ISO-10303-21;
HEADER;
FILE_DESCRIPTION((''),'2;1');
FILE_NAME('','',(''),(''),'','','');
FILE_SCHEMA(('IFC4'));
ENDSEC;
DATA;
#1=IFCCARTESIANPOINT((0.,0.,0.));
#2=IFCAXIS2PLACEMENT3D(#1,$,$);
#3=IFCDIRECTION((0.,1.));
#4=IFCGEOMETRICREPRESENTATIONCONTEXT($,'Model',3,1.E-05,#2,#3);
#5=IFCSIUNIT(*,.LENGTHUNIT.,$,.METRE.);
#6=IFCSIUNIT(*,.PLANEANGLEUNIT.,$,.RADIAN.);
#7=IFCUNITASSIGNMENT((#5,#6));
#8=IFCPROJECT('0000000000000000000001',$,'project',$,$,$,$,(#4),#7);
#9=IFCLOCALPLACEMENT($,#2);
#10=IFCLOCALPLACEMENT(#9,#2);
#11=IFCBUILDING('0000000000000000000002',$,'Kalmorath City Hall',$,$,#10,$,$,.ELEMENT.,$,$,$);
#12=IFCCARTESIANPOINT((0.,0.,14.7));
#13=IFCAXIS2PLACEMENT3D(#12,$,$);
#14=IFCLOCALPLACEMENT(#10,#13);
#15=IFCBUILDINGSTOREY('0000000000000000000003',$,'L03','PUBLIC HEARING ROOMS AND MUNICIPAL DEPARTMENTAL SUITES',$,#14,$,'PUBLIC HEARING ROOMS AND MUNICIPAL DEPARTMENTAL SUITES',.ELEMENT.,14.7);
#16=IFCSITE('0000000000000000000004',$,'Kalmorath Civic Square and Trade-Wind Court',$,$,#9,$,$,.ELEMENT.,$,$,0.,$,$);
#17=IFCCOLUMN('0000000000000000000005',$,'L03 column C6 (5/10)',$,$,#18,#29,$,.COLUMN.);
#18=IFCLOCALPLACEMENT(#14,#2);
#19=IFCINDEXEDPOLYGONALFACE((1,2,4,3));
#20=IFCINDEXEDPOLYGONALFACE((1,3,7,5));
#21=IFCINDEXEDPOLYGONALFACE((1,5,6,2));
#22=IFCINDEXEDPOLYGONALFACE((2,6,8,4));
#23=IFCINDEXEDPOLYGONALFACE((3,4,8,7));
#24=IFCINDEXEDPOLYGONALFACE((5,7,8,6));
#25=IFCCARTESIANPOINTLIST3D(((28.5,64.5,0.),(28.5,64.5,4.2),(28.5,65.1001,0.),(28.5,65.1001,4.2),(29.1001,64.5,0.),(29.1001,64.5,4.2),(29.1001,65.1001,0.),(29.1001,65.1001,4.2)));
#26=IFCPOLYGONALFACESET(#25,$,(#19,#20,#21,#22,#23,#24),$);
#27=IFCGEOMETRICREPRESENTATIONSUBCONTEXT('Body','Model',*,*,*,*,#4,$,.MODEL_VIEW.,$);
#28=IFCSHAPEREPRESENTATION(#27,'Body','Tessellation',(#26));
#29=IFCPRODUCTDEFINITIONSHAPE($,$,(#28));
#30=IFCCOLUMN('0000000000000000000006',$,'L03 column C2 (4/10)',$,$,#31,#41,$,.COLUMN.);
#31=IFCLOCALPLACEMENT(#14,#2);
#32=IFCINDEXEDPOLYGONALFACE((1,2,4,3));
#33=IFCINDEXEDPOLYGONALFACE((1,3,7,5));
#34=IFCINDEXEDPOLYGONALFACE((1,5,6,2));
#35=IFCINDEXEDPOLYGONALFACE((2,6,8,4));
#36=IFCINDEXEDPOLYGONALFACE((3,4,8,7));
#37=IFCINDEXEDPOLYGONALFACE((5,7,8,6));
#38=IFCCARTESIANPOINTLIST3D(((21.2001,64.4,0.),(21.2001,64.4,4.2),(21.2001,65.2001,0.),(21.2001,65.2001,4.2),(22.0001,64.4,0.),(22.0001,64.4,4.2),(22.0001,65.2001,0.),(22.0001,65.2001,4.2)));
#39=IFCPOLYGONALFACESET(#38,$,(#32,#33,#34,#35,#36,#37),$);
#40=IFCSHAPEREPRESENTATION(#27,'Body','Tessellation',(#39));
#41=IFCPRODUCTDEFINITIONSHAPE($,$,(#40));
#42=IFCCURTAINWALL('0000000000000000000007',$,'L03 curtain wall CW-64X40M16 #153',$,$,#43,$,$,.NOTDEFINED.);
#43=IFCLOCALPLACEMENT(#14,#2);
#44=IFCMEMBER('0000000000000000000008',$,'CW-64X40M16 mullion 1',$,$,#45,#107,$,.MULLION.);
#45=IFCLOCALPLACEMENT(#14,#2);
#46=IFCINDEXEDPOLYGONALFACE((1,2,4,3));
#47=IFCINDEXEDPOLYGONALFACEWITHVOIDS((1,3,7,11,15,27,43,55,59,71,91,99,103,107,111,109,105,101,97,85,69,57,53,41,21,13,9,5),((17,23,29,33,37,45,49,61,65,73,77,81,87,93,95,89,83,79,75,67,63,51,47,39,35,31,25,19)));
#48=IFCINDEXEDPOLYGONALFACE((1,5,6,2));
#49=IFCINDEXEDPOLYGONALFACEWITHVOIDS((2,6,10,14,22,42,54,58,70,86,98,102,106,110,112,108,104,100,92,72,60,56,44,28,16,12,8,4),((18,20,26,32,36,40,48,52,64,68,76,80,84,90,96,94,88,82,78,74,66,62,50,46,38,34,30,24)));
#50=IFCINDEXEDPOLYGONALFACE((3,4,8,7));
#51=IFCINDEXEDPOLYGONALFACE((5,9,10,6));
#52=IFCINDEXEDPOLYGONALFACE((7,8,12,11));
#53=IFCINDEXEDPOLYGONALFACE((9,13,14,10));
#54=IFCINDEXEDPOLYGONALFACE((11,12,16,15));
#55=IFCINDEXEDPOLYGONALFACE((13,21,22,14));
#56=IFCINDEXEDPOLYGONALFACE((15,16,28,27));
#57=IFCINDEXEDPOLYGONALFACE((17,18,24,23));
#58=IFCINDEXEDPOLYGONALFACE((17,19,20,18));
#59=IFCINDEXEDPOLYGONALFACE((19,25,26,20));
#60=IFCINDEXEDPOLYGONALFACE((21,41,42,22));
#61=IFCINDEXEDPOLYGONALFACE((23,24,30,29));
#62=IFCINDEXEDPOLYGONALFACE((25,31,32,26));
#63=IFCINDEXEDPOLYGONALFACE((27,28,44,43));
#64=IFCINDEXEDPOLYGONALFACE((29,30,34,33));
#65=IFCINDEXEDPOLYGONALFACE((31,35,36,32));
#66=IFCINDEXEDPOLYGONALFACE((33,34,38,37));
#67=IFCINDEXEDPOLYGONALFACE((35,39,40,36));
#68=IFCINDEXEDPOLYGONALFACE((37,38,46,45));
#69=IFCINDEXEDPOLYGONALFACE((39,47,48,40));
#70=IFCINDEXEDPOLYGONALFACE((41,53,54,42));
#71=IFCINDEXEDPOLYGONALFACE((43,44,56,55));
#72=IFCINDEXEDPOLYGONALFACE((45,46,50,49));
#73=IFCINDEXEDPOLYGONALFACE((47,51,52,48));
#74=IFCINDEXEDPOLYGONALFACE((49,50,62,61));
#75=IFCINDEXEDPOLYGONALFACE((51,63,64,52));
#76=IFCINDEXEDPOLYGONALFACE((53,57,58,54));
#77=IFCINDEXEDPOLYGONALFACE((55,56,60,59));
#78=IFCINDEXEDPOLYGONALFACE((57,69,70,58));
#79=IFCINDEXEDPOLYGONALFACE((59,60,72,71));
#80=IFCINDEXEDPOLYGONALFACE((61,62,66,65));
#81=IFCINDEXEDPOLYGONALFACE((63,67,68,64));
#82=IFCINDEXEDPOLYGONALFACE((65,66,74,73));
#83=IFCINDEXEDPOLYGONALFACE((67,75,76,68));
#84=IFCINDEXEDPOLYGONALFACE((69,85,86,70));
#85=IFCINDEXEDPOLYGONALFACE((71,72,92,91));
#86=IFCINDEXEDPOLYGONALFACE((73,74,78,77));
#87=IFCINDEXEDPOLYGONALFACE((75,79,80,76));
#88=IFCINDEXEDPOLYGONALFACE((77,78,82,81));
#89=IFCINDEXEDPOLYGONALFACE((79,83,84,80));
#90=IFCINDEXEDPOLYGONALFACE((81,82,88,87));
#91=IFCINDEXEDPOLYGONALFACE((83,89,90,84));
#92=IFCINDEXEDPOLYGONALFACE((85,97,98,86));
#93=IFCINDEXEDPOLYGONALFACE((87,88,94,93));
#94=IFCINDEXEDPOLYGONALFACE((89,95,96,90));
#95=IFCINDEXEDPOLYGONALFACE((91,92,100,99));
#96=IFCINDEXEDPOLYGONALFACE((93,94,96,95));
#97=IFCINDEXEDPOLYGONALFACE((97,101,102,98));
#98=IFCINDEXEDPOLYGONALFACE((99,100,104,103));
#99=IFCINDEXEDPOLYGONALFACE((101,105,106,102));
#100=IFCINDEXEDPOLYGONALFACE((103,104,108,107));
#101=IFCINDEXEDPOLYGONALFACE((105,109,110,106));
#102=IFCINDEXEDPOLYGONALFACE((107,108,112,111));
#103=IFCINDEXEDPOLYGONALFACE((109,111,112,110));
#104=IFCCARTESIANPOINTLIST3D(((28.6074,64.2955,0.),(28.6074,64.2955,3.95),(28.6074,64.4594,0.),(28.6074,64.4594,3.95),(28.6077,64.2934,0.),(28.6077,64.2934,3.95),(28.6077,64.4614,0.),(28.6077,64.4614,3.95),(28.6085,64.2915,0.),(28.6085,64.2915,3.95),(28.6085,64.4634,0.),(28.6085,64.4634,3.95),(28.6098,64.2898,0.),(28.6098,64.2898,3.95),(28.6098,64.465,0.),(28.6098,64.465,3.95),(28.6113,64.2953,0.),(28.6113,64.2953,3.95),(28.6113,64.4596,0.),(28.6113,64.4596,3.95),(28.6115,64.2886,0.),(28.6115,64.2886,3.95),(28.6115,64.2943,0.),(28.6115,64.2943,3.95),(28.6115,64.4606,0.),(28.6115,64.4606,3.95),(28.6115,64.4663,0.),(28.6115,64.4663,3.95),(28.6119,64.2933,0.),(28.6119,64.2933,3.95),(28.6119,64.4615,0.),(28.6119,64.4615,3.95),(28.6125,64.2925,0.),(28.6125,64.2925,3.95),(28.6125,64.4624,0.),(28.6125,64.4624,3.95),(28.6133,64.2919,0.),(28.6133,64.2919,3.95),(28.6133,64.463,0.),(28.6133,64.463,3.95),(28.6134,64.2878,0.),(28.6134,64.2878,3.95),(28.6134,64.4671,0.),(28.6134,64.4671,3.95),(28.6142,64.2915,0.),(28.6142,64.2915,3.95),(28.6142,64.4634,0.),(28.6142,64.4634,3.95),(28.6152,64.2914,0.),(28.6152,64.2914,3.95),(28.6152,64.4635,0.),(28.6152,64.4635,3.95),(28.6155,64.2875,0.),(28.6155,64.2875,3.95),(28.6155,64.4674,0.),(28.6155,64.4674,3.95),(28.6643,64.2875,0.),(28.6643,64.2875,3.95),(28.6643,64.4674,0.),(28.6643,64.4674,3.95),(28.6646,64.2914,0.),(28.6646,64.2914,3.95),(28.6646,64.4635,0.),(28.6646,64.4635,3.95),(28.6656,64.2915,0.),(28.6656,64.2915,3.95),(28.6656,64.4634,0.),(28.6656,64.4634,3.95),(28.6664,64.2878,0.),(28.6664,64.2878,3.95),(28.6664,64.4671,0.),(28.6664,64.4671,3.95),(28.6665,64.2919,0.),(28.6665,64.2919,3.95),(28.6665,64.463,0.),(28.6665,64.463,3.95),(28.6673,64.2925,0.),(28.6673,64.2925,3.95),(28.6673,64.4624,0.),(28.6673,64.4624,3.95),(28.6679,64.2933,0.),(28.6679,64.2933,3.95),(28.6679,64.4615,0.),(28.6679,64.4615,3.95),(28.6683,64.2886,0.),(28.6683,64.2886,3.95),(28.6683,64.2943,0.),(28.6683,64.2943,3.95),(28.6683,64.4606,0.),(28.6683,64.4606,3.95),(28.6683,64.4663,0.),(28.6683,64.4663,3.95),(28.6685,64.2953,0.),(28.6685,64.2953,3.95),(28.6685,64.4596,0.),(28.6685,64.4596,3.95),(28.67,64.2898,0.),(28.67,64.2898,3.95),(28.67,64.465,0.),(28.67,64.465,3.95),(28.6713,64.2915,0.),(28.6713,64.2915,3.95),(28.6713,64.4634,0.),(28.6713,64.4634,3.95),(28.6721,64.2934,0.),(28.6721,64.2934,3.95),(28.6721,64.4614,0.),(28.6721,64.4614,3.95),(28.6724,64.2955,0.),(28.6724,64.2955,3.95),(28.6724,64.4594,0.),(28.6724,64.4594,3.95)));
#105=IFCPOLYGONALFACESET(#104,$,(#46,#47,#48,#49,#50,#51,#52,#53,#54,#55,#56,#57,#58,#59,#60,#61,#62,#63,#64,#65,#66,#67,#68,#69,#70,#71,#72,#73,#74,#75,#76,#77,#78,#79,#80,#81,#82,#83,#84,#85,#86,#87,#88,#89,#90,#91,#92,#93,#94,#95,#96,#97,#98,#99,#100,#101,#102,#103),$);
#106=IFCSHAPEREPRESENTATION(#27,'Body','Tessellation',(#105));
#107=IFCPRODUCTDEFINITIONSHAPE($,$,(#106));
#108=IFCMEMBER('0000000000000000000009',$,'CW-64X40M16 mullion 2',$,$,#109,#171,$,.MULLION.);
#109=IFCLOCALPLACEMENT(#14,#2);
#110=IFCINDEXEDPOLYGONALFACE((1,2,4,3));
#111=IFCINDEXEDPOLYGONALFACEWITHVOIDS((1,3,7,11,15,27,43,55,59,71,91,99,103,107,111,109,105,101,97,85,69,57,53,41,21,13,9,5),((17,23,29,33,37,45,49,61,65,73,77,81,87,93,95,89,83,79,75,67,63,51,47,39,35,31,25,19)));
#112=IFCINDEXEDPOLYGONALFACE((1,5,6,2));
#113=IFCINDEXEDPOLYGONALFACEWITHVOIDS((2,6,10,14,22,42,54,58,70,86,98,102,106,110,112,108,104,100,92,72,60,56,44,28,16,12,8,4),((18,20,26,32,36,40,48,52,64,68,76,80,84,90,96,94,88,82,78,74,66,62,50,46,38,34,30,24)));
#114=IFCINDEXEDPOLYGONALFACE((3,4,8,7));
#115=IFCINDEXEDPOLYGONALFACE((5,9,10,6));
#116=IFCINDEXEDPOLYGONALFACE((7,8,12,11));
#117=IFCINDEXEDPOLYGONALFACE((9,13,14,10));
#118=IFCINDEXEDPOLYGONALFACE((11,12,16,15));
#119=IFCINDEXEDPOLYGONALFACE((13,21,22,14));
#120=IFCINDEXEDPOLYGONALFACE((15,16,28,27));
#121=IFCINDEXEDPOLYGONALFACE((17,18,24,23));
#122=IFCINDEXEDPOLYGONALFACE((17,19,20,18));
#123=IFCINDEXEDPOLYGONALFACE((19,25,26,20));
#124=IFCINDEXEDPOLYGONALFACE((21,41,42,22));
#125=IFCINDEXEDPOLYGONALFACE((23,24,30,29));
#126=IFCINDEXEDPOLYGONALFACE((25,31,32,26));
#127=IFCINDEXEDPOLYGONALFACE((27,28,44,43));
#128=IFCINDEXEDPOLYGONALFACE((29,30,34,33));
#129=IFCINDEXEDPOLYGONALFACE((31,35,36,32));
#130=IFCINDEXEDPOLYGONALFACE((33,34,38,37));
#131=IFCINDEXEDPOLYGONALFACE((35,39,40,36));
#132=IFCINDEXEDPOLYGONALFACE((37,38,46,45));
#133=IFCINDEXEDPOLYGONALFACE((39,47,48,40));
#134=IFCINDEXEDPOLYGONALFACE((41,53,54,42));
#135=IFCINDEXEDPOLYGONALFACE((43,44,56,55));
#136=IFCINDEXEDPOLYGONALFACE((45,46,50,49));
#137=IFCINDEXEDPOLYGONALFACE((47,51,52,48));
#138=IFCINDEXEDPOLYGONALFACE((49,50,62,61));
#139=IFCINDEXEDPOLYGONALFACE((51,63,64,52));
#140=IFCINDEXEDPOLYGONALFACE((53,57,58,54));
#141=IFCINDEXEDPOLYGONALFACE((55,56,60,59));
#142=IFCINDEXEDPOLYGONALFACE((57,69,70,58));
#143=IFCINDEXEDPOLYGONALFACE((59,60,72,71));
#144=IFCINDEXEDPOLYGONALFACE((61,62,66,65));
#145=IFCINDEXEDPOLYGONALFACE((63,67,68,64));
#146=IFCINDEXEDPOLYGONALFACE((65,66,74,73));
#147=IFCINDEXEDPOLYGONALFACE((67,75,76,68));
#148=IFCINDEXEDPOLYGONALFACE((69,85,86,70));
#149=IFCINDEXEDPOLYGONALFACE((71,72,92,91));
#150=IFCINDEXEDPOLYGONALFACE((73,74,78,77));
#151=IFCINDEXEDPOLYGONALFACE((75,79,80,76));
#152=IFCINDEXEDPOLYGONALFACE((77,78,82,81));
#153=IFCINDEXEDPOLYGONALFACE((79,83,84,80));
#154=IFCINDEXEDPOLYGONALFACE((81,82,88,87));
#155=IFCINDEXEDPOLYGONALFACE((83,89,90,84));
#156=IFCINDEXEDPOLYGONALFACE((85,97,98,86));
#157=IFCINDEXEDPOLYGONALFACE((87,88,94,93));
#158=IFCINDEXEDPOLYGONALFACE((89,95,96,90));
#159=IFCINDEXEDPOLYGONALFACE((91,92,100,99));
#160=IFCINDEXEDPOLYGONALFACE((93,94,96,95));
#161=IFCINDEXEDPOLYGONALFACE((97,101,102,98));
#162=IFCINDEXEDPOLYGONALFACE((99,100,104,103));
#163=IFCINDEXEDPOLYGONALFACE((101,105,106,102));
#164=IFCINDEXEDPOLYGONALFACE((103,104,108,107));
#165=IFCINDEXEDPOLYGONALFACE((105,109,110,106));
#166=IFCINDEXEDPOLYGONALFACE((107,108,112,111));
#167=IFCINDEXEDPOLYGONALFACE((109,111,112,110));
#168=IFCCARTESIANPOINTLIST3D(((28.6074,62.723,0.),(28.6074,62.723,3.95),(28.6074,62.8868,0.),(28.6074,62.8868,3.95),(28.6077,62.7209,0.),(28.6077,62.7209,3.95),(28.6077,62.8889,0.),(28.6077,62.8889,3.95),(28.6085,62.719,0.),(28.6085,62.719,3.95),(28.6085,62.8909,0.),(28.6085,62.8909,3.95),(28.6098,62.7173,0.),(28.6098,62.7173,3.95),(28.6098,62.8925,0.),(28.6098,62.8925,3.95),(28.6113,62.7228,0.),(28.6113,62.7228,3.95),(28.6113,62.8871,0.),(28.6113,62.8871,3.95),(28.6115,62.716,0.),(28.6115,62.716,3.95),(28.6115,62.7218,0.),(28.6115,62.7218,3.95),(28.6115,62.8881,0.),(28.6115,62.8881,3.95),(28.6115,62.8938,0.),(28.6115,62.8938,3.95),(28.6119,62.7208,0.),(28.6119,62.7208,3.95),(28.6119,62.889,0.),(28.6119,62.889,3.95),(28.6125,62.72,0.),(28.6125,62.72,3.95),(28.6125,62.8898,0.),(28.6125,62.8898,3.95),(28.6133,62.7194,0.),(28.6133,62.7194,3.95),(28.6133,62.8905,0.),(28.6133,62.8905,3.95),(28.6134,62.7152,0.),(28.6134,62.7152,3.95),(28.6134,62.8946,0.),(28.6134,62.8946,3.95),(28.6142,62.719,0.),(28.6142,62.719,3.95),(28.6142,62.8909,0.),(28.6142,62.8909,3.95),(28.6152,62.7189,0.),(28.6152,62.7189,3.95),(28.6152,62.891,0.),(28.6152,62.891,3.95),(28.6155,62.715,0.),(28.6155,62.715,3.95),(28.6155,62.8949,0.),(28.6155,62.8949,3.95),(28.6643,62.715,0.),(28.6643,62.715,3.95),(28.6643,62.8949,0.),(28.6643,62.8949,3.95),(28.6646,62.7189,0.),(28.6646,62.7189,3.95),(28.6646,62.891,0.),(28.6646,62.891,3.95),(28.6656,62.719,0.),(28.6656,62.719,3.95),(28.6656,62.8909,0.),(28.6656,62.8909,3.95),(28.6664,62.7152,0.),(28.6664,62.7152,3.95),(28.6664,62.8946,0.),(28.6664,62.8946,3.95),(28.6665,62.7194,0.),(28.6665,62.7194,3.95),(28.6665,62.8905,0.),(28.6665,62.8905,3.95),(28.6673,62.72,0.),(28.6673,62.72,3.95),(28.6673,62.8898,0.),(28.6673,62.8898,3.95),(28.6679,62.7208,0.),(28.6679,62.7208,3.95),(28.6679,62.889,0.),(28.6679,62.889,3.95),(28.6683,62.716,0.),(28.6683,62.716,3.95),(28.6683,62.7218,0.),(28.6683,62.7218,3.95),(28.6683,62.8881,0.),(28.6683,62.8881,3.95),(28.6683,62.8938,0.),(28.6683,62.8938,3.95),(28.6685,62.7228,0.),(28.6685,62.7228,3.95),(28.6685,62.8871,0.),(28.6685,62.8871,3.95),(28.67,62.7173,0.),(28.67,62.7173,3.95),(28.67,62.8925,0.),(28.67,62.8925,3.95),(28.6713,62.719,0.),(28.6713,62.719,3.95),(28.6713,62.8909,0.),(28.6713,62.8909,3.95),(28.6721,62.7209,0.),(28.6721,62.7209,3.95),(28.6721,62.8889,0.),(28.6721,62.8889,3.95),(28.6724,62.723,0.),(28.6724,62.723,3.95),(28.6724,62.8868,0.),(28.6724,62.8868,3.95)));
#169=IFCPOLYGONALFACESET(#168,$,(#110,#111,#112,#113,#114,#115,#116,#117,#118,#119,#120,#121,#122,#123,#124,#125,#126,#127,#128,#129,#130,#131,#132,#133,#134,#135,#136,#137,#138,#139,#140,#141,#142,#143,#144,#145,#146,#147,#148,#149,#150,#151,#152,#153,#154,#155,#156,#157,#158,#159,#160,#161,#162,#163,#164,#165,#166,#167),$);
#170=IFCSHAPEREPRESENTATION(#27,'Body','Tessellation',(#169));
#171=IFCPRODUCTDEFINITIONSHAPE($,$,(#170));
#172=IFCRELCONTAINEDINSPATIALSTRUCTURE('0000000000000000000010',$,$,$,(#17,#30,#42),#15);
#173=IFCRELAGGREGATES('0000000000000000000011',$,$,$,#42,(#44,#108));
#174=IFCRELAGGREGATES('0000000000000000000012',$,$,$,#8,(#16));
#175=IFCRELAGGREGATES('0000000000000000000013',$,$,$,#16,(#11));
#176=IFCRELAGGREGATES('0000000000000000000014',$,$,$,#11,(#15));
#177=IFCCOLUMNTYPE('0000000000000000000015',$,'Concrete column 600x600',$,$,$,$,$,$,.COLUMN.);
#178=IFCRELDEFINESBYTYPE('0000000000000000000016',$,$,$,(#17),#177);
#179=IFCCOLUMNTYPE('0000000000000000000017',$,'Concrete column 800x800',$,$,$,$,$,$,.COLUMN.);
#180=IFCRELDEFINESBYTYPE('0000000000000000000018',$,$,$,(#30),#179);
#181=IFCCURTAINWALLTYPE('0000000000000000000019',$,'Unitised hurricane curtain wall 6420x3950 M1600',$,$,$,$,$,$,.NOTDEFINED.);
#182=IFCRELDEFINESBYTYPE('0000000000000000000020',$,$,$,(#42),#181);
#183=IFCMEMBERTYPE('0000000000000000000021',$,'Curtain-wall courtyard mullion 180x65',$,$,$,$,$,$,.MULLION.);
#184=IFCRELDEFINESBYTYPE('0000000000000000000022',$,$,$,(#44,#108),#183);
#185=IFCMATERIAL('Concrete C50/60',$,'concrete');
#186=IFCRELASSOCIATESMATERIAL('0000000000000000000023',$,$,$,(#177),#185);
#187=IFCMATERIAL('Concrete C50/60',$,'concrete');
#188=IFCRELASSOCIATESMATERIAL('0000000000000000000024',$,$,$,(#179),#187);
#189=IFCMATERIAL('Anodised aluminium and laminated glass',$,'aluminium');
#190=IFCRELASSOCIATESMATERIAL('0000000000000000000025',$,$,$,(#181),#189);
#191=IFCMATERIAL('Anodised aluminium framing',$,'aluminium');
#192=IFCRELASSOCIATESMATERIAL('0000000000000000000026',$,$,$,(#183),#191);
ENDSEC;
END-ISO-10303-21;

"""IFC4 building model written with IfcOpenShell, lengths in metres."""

from ifc_helpers import new_model, si_unit, direction, frame, origin, origin_2d, place, context, subcontext, project, spatial, rectangle, hollow_rectangle, extrude, material, material_profile, profile_set, type_object, element, aggregate, save


model = new_model("IFC4")

# Units and contexts
model_context = context("Model", 3, precision=1e-05, world=origin(), true_north=direction((0.0, 1.0)))
body_context = subcontext(model_context, "Body", "Model", "MODEL_VIEW")
ifc_project = project(units=[si_unit("LENGTHUNIT", "METRE"), si_unit("PLANEANGLEUNIT", "RADIAN")], contexts=[model_context])

# Site, building, storey
site_placement = place(None, origin())
site = spatial("IfcSite", under=ifc_project, at=site_placement, Name="Kalmorath Civic Square and Trade-Wind Court", CompositionType="ELEMENT", RefElevation=0.0)
building_placement = place(site_placement, origin())
building = spatial("IfcBuilding", under=site, at=building_placement, Name="Kalmorath City Hall", CompositionType="ELEMENT")
storey_placement = place(building_placement, frame((0.0, 0.0, 14.7)))
storey = spatial("IfcBuildingStorey", under=building, at=storey_placement, Name="L03", Description="PUBLIC HEARING ROOMS AND MUNICIPAL DEPARTMENTAL SUITES", LongName="PUBLIC HEARING ROOMS AND MUNICIPAL DEPARTMENTAL SUITES", CompositionType="ELEMENT", Elevation=14.7)

# Columns
ifc_material_1 = material(Name="Concrete C50/60", Category="concrete")
ifc_material_profile_1 = material_profile(ifc_material_1, rectangle(XDim=0.6001, YDim=0.6001, at=origin_2d()), Name="RC-COL-600X600")
ifc_profile_set_1 = profile_set([ifc_material_profile_1], Name="Concrete C50/60")
column_type_1 = type_object("IfcColumnType", Name="Concrete column 600x600", PredefinedType="COLUMN", material=ifc_profile_set_1)
column_1_placement = place(storey_placement, frame((28.8, 64.8, 0.0), z_axis=(0.0, 0.0, 1.0), x_axis=(1.0, 0.0, 0.0)))
element("IfcColumn", 1, at=column_1_placement, inside=storey, type_object=column_type_1, Name="L03 column C6 (5/10)", PredefinedType="COLUMN", context=body_context, shape_type="SweptSolid", body=[
    extrude(rectangle(XDim=0.6001, YDim=0.6001, at=origin_2d()), origin(), (0.0, 0.0, 1.0), 4.2),
])
ifc_material_2 = material(Name="Concrete C50/60", Category="concrete")
ifc_material_profile_2 = material_profile(ifc_material_2, rectangle(XDim=0.8, YDim=0.8, at=origin_2d()), Name="RC-COL-800X800")
ifc_profile_set_2 = profile_set([ifc_material_profile_2], Name="Concrete C50/60")
column_type_2 = type_object("IfcColumnType", Name="Concrete column 800x800", PredefinedType="COLUMN", material=ifc_profile_set_2)
column_2_placement = place(storey_placement, frame((21.6001, 64.8, 0.0), z_axis=(0.0, 0.0, 1.0), x_axis=(1.0, 0.0, 0.0)))
element("IfcColumn", 2, at=column_2_placement, inside=storey, type_object=column_type_2, Name="L03 column C2 (4/10)", PredefinedType="COLUMN", context=body_context, shape_type="SweptSolid", body=[
    extrude(rectangle(XDim=0.8, YDim=0.8, at=origin_2d()), origin(), (0.0, 0.0, 1.0), 4.2),
])

# Curtain wall, members
ifc_material_3 = material(Name="Anodised aluminium and laminated glass", Category="aluminium")
curtain_wall_type = type_object("IfcCurtainWallType", Name="Unitised hurricane curtain wall 6420x3950 M1600", PredefinedType="NOTDEFINED", material=ifc_material_3)
curtain_wall_placement = place(storey_placement, origin())
curtain_wall = element("IfcCurtainWall", 3, at=curtain_wall_placement, inside=storey, type_object=curtain_wall_type, Name="L03 curtain wall CW-64X40M16 #153", PredefinedType="NOTDEFINED")
ifc_material_4 = material(Name="Anodised aluminium framing", Category="aluminium")
ifc_material_profile_3 = material_profile(ifc_material_4, hollow_rectangle(XDim=0.0649, YDim=0.1799, WallThickness=0.0039, InnerFilletRadius=0.0039, OuterFilletRadius=0.0081, at=origin_2d()), Name="ALU-MUL-180X65X4")
ifc_profile_set_3 = profile_set([ifc_material_profile_3], Name="Anodised aluminium framing")
member_type_1 = type_object("IfcMemberType", Name="Curtain-wall courtyard mullion 180x65", PredefinedType="MULLION", material=ifc_profile_set_3)
member_1_placement = place(storey_placement, frame((28.6399, 64.3774, 0.0), z_axis=(0.0, 0.0, 1.0), x_axis=(1.0, 0.0, 0.0)))
member_1 = element("IfcMember", 4, at=member_1_placement, type_object=member_type_1, Name="CW-64X40M16 mullion 1", PredefinedType="MULLION", context=body_context, shape_type="SweptSolid", body=[
    extrude(hollow_rectangle(XDim=0.0649, YDim=0.1799, WallThickness=0.0039, InnerFilletRadius=0.0039, OuterFilletRadius=0.0081, at=origin_2d()), origin(), (0.0, 0.0, 1.0), 3.95),
])
member_2_placement = place(storey_placement, frame((28.6399, 62.8049, 0.0), z_axis=(0.0, 0.0, 1.0), x_axis=(1.0, 0.0, 0.0)))
member_2 = element("IfcMember", 5, at=member_2_placement, type_object=member_type_1, Name="CW-64X40M16 mullion 2", PredefinedType="MULLION", context=body_context, shape_type="SweptSolid", body=[
    extrude(hollow_rectangle(XDim=0.0649, YDim=0.1799, WallThickness=0.0039, InnerFilletRadius=0.0039, OuterFilletRadius=0.0081, at=origin_2d()), origin(), (0.0, 0.0, 1.0), 3.95),
])

aggregate(curtain_wall, [member_1, member_2])

save(model, "model.ifc")
